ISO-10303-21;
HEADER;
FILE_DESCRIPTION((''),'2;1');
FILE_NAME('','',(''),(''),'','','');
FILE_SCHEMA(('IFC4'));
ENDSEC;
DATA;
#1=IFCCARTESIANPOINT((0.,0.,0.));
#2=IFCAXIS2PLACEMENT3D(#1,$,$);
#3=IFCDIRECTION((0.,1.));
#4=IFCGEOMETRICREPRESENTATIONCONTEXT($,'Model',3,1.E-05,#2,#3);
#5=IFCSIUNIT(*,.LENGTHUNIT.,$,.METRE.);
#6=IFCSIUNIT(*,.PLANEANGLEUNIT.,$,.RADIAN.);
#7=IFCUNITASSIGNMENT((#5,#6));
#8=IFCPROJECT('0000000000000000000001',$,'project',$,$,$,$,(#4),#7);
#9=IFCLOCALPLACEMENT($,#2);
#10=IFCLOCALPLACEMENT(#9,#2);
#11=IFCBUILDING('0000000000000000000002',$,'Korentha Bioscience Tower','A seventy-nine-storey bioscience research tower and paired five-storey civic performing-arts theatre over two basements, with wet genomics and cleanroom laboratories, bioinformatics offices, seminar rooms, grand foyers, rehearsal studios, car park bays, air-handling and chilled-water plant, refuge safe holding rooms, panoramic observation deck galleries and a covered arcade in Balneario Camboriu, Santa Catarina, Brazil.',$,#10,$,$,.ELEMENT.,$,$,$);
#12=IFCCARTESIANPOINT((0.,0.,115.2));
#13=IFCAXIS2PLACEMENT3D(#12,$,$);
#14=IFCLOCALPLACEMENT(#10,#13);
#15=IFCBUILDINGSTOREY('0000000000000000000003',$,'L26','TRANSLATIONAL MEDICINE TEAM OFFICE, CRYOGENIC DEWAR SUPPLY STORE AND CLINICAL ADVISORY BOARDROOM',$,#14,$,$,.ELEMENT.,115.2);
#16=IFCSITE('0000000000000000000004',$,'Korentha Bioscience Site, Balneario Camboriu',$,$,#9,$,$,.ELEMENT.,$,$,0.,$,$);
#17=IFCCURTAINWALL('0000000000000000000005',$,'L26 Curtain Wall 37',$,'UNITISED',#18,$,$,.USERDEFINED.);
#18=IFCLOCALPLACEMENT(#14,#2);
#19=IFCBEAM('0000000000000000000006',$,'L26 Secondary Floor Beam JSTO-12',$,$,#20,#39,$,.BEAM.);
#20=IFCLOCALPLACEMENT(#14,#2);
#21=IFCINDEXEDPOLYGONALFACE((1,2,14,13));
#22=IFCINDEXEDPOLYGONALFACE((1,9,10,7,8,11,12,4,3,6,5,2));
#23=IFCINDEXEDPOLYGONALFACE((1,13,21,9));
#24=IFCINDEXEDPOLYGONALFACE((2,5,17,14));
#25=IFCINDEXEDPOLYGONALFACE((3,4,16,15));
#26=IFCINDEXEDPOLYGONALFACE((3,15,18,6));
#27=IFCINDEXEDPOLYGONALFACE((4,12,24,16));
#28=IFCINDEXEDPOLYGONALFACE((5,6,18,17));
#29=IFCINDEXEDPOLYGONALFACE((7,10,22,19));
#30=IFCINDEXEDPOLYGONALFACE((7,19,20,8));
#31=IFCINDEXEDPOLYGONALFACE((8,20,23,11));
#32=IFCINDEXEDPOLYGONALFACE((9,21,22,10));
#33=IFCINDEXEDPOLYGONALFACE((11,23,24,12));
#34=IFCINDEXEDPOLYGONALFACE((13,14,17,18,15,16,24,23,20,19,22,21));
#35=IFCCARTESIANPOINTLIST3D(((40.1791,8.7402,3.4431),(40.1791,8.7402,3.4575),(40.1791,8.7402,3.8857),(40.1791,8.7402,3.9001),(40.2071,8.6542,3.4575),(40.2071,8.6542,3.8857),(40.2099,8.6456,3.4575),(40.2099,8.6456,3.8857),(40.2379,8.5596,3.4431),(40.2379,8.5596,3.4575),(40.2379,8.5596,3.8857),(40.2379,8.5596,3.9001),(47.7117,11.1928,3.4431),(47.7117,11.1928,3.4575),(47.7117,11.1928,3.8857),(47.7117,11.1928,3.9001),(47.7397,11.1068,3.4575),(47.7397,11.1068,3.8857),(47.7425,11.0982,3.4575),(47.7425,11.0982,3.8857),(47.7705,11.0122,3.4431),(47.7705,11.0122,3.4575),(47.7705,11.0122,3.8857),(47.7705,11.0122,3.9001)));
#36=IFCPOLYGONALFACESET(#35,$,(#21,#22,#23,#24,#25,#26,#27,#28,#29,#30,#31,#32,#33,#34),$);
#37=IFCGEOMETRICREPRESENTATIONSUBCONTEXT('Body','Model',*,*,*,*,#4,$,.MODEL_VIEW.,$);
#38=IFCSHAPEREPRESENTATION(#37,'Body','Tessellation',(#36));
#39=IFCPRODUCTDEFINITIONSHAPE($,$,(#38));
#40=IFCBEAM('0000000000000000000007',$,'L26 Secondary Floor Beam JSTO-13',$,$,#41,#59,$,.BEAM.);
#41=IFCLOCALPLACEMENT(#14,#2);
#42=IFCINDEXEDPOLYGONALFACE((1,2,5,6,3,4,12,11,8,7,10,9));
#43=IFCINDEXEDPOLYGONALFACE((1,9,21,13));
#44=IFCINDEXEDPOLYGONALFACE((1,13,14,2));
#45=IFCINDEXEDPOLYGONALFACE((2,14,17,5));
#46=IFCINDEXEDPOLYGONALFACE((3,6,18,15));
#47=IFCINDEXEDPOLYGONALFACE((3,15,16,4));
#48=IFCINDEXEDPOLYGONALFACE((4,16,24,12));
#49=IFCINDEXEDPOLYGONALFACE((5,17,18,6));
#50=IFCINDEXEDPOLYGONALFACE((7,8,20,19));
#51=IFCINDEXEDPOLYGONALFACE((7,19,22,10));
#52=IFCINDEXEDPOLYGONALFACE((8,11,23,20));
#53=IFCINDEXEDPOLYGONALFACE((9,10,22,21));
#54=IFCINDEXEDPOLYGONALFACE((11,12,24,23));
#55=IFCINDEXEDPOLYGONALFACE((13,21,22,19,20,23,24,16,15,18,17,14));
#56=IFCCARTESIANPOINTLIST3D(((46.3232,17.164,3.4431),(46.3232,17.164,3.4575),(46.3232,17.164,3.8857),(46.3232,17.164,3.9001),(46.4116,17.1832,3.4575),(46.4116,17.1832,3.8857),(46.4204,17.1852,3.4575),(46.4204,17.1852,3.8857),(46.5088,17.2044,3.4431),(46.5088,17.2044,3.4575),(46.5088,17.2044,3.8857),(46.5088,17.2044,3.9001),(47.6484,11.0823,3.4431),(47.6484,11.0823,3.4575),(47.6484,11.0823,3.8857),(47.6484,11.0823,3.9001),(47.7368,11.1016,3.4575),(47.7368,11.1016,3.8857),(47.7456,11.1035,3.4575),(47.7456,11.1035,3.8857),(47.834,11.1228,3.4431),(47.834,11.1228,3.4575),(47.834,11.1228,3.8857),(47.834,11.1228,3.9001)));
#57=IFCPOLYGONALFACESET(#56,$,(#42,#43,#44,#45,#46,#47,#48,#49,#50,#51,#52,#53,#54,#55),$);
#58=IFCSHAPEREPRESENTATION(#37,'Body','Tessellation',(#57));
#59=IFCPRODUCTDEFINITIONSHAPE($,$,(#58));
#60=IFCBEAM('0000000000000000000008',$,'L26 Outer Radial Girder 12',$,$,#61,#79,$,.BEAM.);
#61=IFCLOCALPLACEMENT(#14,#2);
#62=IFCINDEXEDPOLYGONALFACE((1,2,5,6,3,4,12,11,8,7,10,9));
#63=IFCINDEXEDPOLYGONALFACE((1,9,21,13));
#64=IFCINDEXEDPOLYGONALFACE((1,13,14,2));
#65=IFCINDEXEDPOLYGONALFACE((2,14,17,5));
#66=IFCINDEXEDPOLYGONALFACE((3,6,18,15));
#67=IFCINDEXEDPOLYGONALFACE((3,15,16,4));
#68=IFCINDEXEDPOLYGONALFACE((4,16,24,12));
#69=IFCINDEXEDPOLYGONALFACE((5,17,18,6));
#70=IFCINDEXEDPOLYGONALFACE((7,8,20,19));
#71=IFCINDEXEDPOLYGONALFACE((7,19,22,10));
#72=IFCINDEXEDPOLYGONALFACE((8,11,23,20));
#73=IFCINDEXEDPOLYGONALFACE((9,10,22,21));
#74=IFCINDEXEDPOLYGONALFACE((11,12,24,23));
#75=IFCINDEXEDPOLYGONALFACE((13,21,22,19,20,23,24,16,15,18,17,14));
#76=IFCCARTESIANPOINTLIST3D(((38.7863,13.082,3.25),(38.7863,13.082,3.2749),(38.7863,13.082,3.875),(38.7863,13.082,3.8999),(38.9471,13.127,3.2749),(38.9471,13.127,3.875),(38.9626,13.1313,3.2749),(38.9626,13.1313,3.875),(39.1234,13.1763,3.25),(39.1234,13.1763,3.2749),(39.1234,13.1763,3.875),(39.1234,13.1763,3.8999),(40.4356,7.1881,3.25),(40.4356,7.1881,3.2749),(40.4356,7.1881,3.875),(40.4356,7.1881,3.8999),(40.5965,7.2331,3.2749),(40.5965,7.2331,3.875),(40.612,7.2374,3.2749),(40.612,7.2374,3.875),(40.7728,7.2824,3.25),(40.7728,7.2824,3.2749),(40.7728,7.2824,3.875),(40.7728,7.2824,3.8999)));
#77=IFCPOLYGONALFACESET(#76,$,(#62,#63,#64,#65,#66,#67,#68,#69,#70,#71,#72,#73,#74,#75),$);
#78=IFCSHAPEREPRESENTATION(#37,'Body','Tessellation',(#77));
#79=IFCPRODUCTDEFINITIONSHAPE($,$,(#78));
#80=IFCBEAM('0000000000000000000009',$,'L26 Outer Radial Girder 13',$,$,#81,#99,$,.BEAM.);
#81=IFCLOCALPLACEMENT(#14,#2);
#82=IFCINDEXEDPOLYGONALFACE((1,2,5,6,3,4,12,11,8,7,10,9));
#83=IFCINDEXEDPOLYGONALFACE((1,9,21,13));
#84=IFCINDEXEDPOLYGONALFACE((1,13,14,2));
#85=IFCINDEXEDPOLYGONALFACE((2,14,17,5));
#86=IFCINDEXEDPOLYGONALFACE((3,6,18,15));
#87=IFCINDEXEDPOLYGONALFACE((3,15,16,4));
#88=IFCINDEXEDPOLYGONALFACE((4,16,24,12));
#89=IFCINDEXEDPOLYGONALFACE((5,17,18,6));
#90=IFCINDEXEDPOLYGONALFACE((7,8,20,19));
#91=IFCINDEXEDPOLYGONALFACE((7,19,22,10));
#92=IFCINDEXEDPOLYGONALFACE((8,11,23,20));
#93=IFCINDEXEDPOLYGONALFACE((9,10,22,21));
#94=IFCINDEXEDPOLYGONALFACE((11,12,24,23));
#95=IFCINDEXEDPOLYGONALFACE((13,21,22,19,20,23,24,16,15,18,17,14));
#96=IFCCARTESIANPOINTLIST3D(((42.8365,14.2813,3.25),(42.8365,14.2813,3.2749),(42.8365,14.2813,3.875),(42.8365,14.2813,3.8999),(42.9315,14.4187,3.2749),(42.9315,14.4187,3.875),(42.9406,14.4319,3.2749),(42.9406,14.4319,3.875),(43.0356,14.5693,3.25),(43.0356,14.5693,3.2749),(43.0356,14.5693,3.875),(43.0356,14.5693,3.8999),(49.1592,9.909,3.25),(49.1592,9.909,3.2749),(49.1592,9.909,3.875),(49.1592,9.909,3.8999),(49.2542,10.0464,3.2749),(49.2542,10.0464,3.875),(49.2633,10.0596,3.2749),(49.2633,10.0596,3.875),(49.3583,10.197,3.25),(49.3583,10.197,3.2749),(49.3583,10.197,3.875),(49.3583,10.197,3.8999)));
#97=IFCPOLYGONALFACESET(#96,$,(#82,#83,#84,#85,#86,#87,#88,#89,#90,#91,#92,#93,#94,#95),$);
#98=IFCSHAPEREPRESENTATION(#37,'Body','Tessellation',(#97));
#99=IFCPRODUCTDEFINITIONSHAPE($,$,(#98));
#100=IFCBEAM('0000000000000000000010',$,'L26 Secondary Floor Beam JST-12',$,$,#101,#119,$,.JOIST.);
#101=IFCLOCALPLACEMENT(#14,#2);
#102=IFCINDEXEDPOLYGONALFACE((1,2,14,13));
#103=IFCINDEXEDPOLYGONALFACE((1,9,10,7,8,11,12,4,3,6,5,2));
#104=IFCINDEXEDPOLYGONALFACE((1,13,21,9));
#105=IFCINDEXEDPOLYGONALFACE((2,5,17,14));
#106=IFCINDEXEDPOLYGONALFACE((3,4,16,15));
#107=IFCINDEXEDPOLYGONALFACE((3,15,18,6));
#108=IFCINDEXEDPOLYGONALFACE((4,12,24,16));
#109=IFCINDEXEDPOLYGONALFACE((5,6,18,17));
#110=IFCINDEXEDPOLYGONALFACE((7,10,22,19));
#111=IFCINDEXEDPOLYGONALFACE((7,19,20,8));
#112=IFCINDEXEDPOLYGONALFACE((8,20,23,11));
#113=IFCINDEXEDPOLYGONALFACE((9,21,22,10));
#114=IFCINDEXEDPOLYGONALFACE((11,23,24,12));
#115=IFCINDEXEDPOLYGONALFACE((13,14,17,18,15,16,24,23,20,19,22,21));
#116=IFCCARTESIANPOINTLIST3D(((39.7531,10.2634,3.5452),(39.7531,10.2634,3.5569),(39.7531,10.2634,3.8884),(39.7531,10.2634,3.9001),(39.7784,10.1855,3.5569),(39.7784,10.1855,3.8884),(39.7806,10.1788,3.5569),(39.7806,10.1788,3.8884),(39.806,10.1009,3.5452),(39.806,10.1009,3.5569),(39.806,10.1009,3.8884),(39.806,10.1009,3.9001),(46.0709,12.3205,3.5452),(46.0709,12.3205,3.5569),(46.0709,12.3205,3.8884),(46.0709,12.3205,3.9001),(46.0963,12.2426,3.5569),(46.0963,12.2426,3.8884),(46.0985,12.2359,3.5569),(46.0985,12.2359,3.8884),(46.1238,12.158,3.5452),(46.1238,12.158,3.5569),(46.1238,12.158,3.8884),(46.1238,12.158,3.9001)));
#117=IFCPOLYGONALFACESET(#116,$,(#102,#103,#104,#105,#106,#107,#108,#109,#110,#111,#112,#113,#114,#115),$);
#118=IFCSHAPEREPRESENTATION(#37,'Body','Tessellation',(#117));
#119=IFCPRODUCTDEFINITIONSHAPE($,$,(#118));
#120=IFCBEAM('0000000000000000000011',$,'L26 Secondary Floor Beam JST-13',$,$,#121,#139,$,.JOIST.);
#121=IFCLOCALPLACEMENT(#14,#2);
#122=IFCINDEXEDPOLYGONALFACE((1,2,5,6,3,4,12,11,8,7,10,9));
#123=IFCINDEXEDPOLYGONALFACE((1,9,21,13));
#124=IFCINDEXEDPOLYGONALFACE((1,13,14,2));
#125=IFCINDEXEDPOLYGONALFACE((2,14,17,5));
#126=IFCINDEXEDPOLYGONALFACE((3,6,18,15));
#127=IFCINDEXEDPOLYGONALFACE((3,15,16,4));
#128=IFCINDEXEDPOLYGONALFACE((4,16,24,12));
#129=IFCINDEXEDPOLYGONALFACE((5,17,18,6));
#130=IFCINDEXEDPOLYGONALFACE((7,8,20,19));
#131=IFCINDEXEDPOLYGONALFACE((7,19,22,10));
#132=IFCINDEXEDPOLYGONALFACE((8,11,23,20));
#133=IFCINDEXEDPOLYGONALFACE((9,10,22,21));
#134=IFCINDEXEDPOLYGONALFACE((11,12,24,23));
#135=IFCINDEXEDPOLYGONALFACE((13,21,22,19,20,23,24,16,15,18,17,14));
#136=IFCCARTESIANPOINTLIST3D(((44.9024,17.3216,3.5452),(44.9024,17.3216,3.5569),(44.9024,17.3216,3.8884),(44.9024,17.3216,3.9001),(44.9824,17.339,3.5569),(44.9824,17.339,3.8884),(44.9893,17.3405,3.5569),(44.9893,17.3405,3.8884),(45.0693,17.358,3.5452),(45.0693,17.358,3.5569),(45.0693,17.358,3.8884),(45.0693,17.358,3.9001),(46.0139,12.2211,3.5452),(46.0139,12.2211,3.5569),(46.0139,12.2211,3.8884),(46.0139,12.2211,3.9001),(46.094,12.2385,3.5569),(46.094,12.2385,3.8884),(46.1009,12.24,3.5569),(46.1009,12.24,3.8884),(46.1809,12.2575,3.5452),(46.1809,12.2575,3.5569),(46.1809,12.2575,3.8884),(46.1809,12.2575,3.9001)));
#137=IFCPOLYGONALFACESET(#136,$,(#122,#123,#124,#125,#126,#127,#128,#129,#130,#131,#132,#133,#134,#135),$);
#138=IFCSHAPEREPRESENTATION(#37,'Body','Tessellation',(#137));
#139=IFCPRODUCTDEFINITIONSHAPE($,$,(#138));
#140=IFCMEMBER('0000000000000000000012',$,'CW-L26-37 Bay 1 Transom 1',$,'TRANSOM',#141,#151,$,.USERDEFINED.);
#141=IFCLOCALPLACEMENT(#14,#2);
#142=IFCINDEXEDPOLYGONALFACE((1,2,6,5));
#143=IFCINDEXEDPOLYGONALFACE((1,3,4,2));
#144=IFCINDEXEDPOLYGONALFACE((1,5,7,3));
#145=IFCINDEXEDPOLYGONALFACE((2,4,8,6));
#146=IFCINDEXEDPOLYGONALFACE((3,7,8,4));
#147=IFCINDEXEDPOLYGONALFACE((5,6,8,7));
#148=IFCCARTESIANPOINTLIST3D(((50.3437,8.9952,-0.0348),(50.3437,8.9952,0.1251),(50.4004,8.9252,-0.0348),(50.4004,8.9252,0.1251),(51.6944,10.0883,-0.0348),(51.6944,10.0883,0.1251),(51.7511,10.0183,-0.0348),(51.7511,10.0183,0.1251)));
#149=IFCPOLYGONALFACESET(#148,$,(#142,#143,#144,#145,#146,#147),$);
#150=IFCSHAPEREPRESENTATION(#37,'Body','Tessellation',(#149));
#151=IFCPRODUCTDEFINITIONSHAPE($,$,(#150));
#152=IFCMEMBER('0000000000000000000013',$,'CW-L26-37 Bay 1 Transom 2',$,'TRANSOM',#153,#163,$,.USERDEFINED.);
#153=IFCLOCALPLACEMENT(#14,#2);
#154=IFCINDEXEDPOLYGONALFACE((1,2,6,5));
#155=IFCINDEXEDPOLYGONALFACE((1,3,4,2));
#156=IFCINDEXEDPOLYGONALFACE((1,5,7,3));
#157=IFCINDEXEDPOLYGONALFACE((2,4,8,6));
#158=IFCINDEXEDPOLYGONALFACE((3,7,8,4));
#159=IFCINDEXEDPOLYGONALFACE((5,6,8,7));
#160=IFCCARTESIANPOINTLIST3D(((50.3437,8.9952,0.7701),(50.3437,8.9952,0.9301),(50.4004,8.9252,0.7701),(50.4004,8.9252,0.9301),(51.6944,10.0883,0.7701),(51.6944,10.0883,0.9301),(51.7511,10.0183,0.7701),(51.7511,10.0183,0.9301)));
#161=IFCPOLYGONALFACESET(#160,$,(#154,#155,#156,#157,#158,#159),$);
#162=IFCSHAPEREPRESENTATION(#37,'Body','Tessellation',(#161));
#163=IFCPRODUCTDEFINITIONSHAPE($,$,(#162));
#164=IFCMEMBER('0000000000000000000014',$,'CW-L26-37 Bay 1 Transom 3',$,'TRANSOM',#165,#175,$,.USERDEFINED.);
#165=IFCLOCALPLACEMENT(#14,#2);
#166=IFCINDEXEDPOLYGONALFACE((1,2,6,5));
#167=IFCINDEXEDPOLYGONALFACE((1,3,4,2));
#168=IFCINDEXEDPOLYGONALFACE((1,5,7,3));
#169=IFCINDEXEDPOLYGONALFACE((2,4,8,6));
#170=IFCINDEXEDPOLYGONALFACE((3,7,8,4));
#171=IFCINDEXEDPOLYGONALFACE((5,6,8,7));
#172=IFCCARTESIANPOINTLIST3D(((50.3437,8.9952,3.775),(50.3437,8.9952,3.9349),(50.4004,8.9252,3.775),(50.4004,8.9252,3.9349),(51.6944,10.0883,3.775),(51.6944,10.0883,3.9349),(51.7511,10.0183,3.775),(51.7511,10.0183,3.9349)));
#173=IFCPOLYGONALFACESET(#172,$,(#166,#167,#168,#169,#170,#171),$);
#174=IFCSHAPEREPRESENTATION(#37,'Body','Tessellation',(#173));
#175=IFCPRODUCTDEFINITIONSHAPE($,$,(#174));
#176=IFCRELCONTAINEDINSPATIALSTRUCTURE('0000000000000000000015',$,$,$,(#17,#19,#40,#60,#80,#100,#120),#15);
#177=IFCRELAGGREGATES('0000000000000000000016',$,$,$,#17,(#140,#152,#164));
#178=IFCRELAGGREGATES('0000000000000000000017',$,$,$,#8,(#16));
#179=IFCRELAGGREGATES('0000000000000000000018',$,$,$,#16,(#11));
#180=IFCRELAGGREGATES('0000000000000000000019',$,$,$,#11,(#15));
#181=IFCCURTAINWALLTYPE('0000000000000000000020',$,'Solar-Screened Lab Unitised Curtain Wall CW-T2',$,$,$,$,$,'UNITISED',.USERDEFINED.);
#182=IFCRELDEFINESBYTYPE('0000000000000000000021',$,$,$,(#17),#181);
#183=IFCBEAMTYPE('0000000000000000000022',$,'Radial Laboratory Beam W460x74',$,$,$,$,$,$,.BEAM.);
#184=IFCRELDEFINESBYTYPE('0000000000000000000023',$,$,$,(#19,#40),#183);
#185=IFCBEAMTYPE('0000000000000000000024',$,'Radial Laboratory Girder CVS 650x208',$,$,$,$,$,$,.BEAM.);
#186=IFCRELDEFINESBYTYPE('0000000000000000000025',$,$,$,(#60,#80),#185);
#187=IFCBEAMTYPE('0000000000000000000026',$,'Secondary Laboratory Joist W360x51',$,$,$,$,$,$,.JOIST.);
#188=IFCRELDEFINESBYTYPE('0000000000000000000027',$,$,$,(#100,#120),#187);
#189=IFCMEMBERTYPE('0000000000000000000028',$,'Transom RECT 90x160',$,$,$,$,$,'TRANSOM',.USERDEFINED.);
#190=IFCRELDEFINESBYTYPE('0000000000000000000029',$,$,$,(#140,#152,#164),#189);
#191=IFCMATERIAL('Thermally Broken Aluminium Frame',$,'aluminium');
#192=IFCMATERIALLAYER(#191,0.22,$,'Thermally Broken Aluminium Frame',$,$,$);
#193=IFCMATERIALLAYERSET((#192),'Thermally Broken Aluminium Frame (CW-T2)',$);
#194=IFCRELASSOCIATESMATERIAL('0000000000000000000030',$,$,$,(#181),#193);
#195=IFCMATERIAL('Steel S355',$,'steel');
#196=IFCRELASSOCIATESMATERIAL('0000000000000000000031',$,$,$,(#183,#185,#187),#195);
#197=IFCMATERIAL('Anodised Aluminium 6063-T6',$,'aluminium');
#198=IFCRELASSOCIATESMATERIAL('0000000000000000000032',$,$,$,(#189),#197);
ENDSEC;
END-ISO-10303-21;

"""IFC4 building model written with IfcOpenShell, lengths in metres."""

from ifc_helpers import new_model, si_unit, direction, frame, origin, origin_2d, place, context, subcontext, project, spatial, rectangle, i_section, extrude, material, layer, layer_set, material_profile, profile_set, type_object, element, aggregate, save


model = new_model("IFC4")

# Units and contexts
model_context = context("Model", 3, precision=1e-05, world=origin(), true_north=direction((0.0, 1.0)))
body_context = subcontext(model_context, "Body", "Model", "MODEL_VIEW")
ifc_project = project(units=[si_unit("LENGTHUNIT", "METRE"), si_unit("PLANEANGLEUNIT", "RADIAN")], contexts=[model_context])

# Site, building, storey
site_placement = place(None, origin())
site = spatial("IfcSite", under=ifc_project, at=site_placement, Name="Korentha Bioscience Site, Balneario Camboriu", CompositionType="ELEMENT", RefElevation=0.0)
building_placement = place(site_placement, origin())
building = spatial("IfcBuilding", under=site, at=building_placement, Name="Korentha Bioscience Tower", Description="A seventy-nine-storey bioscience research tower and paired five-storey civic performing-arts theatre over two basements, with wet genomics and cleanroom laboratories, bioinformatics offices, seminar rooms, grand foyers, rehearsal studios, car park bays, air-handling and chilled-water plant, refuge safe holding rooms, panoramic observation deck galleries and a covered arcade in Balneario Camboriu, Santa Catarina, Brazil.", CompositionType="ELEMENT")
storey_placement = place(building_placement, frame((0.0, 0.0, 115.2)))
storey = spatial("IfcBuildingStorey", under=building, at=storey_placement, Name="L26", Description="TRANSLATIONAL MEDICINE TEAM OFFICE, CRYOGENIC DEWAR SUPPLY STORE AND CLINICAL ADVISORY BOARDROOM", CompositionType="ELEMENT", Elevation=115.2)

# Shared definitions
ifc_material_1 = material(Name="Steel S355", Category="steel")

# Curtain wall
ifc_material_2 = material(Name="Thermally Broken Aluminium Frame", Category="aluminium")
ifc_layer_1 = layer(ifc_material_2, 0.22, Name="Thermally Broken Aluminium Frame")
ifc_layer_set_1 = layer_set([ifc_layer_1], Name="Thermally Broken Aluminium Frame (CW-T2)")
curtain_wall_type = type_object("IfcCurtainWallType", Name="Solar-Screened Lab Unitised Curtain Wall CW-T2", ElementType="UNITISED", PredefinedType="USERDEFINED", material=ifc_layer_set_1)
curtain_wall_placement = place(storey_placement, origin())
curtain_wall = element("IfcCurtainWall", 1, at=curtain_wall_placement, inside=storey, type_object=curtain_wall_type, Name="L26 Curtain Wall 37", ObjectType="UNITISED", PredefinedType="USERDEFINED")
ifc_material_3 = material(Name="Anodised Aluminium 6063-T6", Category="aluminium")

# Beams
ifc_material_profile_1 = material_profile(ifc_material_1, i_section(OverallWidth=0.1899, OverallDepth=0.457, WebThickness=0.009, FlangeThickness=0.0144, at=origin_2d()), Name="Steel S355")
ifc_profile_set_1 = profile_set([ifc_material_profile_1], Name="Steel S355 (RB-460)")
beam_type_1 = type_object("IfcBeamType", Name="Radial Laboratory Beam W460x74", PredefinedType="BEAM", material=ifc_profile_set_1)
beam_1_placement = place(storey_placement, frame((40.2085, 8.6499, 3.6716), z_axis=(0.950867, 0.3096, 0.0), x_axis=(-0.3096, 0.950867, 0.0)))
element("IfcBeam", 2, at=beam_1_placement, inside=storey, type_object=beam_type_1, Name="L26 Secondary Floor Beam JSTO-12", PredefinedType="BEAM", context=body_context, shape_type="SweptSolid", body=[
    extrude(i_section(OverallWidth=0.1899, OverallDepth=0.457, WebThickness=0.009, FlangeThickness=0.0144, at=origin_2d()), origin(), (0.0, 0.0, 1.0), 7.9219),
])
beam_2_placement = place(storey_placement, frame((47.7412, 11.1025, 3.6716), z_axis=(-0.212908, 0.977072, 0.0), x_axis=(-0.977072, -0.212908, 0.0)))
element("IfcBeam", 3, at=beam_2_placement, inside=storey, type_object=beam_type_1, Name="L26 Secondary Floor Beam JSTO-13", PredefinedType="BEAM", context=body_context, shape_type="SweptSolid", body=[
    extrude(i_section(OverallWidth=0.1899, OverallDepth=0.457, WebThickness=0.009, FlangeThickness=0.0144, at=origin_2d()), origin(), (0.0, 0.0, 1.0), 6.2244),
])
ifc_material_profile_2 = material_profile(ifc_material_1, i_section(OverallWidth=0.3501, OverallDepth=0.6499, WebThickness=0.0161, FlangeThickness=0.0249, at=origin_2d()), Name="Steel S355")
ifc_profile_set_2 = profile_set([ifc_material_profile_2], Name="Steel S355 (RB-650)")
beam_type_2 = type_object("IfcBeamType", Name="Radial Laboratory Girder CVS 650x208", PredefinedType="BEAM", material=ifc_profile_set_2)
beam_3_placement = place(storey_placement, frame((38.9548, 13.1292, 3.575), z_axis=(0.269491, -0.963003, 0.0), x_axis=(0.963003, 0.269491, 0.0)))
element("IfcBeam", 4, at=beam_3_placement, inside=storey, type_object=beam_type_2, Name="L26 Outer Radial Girder 12", PredefinedType="BEAM", context=body_context, shape_type="SweptSolid", body=[
    extrude(i_section(OverallWidth=0.3501, OverallDepth=0.6499, WebThickness=0.0161, FlangeThickness=0.0249, at=origin_2d()), origin(), (0.0, 0.0, 1.0), 6.1204),
])
beam_4_placement = place(storey_placement, frame((42.936, 14.4253, 3.575), z_axis=(0.822495, -0.568772, 0.0), x_axis=(0.568772, 0.822495, 0.0)))
element("IfcBeam", 5, at=beam_4_placement, inside=storey, type_object=beam_type_2, Name="L26 Outer Radial Girder 13", PredefinedType="BEAM", context=body_context, shape_type="SweptSolid", body=[
    extrude(i_section(OverallWidth=0.3501, OverallDepth=0.6499, WebThickness=0.0161, FlangeThickness=0.0249, at=origin_2d()), origin(), (0.0, 0.0, 1.0), 7.6873),
])
ifc_material_profile_3 = material_profile(ifc_material_1, i_section(OverallWidth=0.1709, OverallDepth=0.355, WebThickness=0.0071, FlangeThickness=0.0117, at=origin_2d()), Name="Steel S355")
ifc_profile_set_3 = profile_set([ifc_material_profile_3], Name="Steel S355 (JB-360)")
beam_type_3 = type_object("IfcBeamType", Name="Secondary Laboratory Joist W360x51", PredefinedType="JOIST", material=ifc_profile_set_3)
beam_5_placement = place(storey_placement, frame((39.7795, 10.1821, 3.7227), z_axis=(0.950865, 0.309606, 0.0), x_axis=(-0.309606, 0.950865, 0.0)))
element("IfcBeam", 6, at=beam_5_placement, inside=storey, type_object=beam_type_3, Name="L26 Secondary Floor Beam JST-12", PredefinedType="JOIST", context=body_context, shape_type="SweptSolid", body=[
    extrude(i_section(OverallWidth=0.1709, OverallDepth=0.355, WebThickness=0.0071, FlangeThickness=0.0117, at=origin_2d()), origin(), (0.0, 0.0, 1.0), 6.6443),
])
beam_6_placement = place(storey_placement, frame((46.0974, 12.2393, 3.7227), z_axis=(-0.212932, 0.977067, 0.0), x_axis=(-0.977067, -0.212932, 0.0)))
element("IfcBeam", 7, at=beam_6_placement, inside=storey, type_object=beam_type_3, Name="L26 Secondary Floor Beam JST-13", PredefinedType="JOIST", context=body_context, shape_type="SweptSolid", body=[
    extrude(i_section(OverallWidth=0.1709, OverallDepth=0.355, WebThickness=0.0071, FlangeThickness=0.0117, at=origin_2d()), origin(), (0.0, 0.0, 1.0), 5.2202),
])

# Members
ifc_material_profile_4 = material_profile(ifc_material_3, rectangle(XDim=0.0901, YDim=0.1599, at=origin_2d()), Name="Anodised Aluminium 6063-T6")
ifc_profile_set_4 = profile_set([ifc_material_profile_4], Name="Anodised Aluminium 6063-T6 (CW-TRN)")
member_type_1 = type_object("IfcMemberType", Name="Transom RECT 90x160", ElementType="TRANSOM", PredefinedType="USERDEFINED", material=ifc_profile_set_4)
member_1_placement = place(storey_placement, frame((50.3721, 8.9602, 0.0452), z_axis=(0.777333, 0.629089, 0.0), x_axis=(-0.629089, 0.777333, 0.0)))
member_1 = element("IfcMember", 8, at=member_1_placement, type_object=member_type_1, Name="CW-L26-37 Bay 1 Transom 1", ObjectType="TRANSOM", PredefinedType="USERDEFINED", context=body_context, shape_type="SweptSolid", body=[
    extrude(rectangle(XDim=0.0901, YDim=0.1599, at=origin_2d()), origin(), (0.0, 0.0, 1.0), 1.7375),
])
member_2_placement = place(storey_placement, frame((50.3721, 8.9602, 0.8501), z_axis=(0.777333, 0.629089, 0.0), x_axis=(-0.629089, 0.777333, 0.0)))
member_2 = element("IfcMember", 9, at=member_2_placement, type_object=member_type_1, Name="CW-L26-37 Bay 1 Transom 2", ObjectType="TRANSOM", PredefinedType="USERDEFINED", context=body_context, shape_type="SweptSolid", body=[
    extrude(rectangle(XDim=0.0901, YDim=0.1599, at=origin_2d()), origin(), (0.0, 0.0, 1.0), 1.7375),
])
member_3_placement = place(storey_placement, frame((50.3721, 8.9602, 3.855), z_axis=(0.777333, 0.629089, 0.0), x_axis=(-0.629089, 0.777333, 0.0)))
member_3 = element("IfcMember", 10, at=member_3_placement, type_object=member_type_1, Name="CW-L26-37 Bay 1 Transom 3", ObjectType="TRANSOM", PredefinedType="USERDEFINED", context=body_context, shape_type="SweptSolid", body=[
    extrude(rectangle(XDim=0.0901, YDim=0.1599, at=origin_2d()), origin(), (0.0, 0.0, 1.0), 1.7375),
])

aggregate(curtain_wall, [member_1, member_2, member_3])

save(model, "model.ifc")
